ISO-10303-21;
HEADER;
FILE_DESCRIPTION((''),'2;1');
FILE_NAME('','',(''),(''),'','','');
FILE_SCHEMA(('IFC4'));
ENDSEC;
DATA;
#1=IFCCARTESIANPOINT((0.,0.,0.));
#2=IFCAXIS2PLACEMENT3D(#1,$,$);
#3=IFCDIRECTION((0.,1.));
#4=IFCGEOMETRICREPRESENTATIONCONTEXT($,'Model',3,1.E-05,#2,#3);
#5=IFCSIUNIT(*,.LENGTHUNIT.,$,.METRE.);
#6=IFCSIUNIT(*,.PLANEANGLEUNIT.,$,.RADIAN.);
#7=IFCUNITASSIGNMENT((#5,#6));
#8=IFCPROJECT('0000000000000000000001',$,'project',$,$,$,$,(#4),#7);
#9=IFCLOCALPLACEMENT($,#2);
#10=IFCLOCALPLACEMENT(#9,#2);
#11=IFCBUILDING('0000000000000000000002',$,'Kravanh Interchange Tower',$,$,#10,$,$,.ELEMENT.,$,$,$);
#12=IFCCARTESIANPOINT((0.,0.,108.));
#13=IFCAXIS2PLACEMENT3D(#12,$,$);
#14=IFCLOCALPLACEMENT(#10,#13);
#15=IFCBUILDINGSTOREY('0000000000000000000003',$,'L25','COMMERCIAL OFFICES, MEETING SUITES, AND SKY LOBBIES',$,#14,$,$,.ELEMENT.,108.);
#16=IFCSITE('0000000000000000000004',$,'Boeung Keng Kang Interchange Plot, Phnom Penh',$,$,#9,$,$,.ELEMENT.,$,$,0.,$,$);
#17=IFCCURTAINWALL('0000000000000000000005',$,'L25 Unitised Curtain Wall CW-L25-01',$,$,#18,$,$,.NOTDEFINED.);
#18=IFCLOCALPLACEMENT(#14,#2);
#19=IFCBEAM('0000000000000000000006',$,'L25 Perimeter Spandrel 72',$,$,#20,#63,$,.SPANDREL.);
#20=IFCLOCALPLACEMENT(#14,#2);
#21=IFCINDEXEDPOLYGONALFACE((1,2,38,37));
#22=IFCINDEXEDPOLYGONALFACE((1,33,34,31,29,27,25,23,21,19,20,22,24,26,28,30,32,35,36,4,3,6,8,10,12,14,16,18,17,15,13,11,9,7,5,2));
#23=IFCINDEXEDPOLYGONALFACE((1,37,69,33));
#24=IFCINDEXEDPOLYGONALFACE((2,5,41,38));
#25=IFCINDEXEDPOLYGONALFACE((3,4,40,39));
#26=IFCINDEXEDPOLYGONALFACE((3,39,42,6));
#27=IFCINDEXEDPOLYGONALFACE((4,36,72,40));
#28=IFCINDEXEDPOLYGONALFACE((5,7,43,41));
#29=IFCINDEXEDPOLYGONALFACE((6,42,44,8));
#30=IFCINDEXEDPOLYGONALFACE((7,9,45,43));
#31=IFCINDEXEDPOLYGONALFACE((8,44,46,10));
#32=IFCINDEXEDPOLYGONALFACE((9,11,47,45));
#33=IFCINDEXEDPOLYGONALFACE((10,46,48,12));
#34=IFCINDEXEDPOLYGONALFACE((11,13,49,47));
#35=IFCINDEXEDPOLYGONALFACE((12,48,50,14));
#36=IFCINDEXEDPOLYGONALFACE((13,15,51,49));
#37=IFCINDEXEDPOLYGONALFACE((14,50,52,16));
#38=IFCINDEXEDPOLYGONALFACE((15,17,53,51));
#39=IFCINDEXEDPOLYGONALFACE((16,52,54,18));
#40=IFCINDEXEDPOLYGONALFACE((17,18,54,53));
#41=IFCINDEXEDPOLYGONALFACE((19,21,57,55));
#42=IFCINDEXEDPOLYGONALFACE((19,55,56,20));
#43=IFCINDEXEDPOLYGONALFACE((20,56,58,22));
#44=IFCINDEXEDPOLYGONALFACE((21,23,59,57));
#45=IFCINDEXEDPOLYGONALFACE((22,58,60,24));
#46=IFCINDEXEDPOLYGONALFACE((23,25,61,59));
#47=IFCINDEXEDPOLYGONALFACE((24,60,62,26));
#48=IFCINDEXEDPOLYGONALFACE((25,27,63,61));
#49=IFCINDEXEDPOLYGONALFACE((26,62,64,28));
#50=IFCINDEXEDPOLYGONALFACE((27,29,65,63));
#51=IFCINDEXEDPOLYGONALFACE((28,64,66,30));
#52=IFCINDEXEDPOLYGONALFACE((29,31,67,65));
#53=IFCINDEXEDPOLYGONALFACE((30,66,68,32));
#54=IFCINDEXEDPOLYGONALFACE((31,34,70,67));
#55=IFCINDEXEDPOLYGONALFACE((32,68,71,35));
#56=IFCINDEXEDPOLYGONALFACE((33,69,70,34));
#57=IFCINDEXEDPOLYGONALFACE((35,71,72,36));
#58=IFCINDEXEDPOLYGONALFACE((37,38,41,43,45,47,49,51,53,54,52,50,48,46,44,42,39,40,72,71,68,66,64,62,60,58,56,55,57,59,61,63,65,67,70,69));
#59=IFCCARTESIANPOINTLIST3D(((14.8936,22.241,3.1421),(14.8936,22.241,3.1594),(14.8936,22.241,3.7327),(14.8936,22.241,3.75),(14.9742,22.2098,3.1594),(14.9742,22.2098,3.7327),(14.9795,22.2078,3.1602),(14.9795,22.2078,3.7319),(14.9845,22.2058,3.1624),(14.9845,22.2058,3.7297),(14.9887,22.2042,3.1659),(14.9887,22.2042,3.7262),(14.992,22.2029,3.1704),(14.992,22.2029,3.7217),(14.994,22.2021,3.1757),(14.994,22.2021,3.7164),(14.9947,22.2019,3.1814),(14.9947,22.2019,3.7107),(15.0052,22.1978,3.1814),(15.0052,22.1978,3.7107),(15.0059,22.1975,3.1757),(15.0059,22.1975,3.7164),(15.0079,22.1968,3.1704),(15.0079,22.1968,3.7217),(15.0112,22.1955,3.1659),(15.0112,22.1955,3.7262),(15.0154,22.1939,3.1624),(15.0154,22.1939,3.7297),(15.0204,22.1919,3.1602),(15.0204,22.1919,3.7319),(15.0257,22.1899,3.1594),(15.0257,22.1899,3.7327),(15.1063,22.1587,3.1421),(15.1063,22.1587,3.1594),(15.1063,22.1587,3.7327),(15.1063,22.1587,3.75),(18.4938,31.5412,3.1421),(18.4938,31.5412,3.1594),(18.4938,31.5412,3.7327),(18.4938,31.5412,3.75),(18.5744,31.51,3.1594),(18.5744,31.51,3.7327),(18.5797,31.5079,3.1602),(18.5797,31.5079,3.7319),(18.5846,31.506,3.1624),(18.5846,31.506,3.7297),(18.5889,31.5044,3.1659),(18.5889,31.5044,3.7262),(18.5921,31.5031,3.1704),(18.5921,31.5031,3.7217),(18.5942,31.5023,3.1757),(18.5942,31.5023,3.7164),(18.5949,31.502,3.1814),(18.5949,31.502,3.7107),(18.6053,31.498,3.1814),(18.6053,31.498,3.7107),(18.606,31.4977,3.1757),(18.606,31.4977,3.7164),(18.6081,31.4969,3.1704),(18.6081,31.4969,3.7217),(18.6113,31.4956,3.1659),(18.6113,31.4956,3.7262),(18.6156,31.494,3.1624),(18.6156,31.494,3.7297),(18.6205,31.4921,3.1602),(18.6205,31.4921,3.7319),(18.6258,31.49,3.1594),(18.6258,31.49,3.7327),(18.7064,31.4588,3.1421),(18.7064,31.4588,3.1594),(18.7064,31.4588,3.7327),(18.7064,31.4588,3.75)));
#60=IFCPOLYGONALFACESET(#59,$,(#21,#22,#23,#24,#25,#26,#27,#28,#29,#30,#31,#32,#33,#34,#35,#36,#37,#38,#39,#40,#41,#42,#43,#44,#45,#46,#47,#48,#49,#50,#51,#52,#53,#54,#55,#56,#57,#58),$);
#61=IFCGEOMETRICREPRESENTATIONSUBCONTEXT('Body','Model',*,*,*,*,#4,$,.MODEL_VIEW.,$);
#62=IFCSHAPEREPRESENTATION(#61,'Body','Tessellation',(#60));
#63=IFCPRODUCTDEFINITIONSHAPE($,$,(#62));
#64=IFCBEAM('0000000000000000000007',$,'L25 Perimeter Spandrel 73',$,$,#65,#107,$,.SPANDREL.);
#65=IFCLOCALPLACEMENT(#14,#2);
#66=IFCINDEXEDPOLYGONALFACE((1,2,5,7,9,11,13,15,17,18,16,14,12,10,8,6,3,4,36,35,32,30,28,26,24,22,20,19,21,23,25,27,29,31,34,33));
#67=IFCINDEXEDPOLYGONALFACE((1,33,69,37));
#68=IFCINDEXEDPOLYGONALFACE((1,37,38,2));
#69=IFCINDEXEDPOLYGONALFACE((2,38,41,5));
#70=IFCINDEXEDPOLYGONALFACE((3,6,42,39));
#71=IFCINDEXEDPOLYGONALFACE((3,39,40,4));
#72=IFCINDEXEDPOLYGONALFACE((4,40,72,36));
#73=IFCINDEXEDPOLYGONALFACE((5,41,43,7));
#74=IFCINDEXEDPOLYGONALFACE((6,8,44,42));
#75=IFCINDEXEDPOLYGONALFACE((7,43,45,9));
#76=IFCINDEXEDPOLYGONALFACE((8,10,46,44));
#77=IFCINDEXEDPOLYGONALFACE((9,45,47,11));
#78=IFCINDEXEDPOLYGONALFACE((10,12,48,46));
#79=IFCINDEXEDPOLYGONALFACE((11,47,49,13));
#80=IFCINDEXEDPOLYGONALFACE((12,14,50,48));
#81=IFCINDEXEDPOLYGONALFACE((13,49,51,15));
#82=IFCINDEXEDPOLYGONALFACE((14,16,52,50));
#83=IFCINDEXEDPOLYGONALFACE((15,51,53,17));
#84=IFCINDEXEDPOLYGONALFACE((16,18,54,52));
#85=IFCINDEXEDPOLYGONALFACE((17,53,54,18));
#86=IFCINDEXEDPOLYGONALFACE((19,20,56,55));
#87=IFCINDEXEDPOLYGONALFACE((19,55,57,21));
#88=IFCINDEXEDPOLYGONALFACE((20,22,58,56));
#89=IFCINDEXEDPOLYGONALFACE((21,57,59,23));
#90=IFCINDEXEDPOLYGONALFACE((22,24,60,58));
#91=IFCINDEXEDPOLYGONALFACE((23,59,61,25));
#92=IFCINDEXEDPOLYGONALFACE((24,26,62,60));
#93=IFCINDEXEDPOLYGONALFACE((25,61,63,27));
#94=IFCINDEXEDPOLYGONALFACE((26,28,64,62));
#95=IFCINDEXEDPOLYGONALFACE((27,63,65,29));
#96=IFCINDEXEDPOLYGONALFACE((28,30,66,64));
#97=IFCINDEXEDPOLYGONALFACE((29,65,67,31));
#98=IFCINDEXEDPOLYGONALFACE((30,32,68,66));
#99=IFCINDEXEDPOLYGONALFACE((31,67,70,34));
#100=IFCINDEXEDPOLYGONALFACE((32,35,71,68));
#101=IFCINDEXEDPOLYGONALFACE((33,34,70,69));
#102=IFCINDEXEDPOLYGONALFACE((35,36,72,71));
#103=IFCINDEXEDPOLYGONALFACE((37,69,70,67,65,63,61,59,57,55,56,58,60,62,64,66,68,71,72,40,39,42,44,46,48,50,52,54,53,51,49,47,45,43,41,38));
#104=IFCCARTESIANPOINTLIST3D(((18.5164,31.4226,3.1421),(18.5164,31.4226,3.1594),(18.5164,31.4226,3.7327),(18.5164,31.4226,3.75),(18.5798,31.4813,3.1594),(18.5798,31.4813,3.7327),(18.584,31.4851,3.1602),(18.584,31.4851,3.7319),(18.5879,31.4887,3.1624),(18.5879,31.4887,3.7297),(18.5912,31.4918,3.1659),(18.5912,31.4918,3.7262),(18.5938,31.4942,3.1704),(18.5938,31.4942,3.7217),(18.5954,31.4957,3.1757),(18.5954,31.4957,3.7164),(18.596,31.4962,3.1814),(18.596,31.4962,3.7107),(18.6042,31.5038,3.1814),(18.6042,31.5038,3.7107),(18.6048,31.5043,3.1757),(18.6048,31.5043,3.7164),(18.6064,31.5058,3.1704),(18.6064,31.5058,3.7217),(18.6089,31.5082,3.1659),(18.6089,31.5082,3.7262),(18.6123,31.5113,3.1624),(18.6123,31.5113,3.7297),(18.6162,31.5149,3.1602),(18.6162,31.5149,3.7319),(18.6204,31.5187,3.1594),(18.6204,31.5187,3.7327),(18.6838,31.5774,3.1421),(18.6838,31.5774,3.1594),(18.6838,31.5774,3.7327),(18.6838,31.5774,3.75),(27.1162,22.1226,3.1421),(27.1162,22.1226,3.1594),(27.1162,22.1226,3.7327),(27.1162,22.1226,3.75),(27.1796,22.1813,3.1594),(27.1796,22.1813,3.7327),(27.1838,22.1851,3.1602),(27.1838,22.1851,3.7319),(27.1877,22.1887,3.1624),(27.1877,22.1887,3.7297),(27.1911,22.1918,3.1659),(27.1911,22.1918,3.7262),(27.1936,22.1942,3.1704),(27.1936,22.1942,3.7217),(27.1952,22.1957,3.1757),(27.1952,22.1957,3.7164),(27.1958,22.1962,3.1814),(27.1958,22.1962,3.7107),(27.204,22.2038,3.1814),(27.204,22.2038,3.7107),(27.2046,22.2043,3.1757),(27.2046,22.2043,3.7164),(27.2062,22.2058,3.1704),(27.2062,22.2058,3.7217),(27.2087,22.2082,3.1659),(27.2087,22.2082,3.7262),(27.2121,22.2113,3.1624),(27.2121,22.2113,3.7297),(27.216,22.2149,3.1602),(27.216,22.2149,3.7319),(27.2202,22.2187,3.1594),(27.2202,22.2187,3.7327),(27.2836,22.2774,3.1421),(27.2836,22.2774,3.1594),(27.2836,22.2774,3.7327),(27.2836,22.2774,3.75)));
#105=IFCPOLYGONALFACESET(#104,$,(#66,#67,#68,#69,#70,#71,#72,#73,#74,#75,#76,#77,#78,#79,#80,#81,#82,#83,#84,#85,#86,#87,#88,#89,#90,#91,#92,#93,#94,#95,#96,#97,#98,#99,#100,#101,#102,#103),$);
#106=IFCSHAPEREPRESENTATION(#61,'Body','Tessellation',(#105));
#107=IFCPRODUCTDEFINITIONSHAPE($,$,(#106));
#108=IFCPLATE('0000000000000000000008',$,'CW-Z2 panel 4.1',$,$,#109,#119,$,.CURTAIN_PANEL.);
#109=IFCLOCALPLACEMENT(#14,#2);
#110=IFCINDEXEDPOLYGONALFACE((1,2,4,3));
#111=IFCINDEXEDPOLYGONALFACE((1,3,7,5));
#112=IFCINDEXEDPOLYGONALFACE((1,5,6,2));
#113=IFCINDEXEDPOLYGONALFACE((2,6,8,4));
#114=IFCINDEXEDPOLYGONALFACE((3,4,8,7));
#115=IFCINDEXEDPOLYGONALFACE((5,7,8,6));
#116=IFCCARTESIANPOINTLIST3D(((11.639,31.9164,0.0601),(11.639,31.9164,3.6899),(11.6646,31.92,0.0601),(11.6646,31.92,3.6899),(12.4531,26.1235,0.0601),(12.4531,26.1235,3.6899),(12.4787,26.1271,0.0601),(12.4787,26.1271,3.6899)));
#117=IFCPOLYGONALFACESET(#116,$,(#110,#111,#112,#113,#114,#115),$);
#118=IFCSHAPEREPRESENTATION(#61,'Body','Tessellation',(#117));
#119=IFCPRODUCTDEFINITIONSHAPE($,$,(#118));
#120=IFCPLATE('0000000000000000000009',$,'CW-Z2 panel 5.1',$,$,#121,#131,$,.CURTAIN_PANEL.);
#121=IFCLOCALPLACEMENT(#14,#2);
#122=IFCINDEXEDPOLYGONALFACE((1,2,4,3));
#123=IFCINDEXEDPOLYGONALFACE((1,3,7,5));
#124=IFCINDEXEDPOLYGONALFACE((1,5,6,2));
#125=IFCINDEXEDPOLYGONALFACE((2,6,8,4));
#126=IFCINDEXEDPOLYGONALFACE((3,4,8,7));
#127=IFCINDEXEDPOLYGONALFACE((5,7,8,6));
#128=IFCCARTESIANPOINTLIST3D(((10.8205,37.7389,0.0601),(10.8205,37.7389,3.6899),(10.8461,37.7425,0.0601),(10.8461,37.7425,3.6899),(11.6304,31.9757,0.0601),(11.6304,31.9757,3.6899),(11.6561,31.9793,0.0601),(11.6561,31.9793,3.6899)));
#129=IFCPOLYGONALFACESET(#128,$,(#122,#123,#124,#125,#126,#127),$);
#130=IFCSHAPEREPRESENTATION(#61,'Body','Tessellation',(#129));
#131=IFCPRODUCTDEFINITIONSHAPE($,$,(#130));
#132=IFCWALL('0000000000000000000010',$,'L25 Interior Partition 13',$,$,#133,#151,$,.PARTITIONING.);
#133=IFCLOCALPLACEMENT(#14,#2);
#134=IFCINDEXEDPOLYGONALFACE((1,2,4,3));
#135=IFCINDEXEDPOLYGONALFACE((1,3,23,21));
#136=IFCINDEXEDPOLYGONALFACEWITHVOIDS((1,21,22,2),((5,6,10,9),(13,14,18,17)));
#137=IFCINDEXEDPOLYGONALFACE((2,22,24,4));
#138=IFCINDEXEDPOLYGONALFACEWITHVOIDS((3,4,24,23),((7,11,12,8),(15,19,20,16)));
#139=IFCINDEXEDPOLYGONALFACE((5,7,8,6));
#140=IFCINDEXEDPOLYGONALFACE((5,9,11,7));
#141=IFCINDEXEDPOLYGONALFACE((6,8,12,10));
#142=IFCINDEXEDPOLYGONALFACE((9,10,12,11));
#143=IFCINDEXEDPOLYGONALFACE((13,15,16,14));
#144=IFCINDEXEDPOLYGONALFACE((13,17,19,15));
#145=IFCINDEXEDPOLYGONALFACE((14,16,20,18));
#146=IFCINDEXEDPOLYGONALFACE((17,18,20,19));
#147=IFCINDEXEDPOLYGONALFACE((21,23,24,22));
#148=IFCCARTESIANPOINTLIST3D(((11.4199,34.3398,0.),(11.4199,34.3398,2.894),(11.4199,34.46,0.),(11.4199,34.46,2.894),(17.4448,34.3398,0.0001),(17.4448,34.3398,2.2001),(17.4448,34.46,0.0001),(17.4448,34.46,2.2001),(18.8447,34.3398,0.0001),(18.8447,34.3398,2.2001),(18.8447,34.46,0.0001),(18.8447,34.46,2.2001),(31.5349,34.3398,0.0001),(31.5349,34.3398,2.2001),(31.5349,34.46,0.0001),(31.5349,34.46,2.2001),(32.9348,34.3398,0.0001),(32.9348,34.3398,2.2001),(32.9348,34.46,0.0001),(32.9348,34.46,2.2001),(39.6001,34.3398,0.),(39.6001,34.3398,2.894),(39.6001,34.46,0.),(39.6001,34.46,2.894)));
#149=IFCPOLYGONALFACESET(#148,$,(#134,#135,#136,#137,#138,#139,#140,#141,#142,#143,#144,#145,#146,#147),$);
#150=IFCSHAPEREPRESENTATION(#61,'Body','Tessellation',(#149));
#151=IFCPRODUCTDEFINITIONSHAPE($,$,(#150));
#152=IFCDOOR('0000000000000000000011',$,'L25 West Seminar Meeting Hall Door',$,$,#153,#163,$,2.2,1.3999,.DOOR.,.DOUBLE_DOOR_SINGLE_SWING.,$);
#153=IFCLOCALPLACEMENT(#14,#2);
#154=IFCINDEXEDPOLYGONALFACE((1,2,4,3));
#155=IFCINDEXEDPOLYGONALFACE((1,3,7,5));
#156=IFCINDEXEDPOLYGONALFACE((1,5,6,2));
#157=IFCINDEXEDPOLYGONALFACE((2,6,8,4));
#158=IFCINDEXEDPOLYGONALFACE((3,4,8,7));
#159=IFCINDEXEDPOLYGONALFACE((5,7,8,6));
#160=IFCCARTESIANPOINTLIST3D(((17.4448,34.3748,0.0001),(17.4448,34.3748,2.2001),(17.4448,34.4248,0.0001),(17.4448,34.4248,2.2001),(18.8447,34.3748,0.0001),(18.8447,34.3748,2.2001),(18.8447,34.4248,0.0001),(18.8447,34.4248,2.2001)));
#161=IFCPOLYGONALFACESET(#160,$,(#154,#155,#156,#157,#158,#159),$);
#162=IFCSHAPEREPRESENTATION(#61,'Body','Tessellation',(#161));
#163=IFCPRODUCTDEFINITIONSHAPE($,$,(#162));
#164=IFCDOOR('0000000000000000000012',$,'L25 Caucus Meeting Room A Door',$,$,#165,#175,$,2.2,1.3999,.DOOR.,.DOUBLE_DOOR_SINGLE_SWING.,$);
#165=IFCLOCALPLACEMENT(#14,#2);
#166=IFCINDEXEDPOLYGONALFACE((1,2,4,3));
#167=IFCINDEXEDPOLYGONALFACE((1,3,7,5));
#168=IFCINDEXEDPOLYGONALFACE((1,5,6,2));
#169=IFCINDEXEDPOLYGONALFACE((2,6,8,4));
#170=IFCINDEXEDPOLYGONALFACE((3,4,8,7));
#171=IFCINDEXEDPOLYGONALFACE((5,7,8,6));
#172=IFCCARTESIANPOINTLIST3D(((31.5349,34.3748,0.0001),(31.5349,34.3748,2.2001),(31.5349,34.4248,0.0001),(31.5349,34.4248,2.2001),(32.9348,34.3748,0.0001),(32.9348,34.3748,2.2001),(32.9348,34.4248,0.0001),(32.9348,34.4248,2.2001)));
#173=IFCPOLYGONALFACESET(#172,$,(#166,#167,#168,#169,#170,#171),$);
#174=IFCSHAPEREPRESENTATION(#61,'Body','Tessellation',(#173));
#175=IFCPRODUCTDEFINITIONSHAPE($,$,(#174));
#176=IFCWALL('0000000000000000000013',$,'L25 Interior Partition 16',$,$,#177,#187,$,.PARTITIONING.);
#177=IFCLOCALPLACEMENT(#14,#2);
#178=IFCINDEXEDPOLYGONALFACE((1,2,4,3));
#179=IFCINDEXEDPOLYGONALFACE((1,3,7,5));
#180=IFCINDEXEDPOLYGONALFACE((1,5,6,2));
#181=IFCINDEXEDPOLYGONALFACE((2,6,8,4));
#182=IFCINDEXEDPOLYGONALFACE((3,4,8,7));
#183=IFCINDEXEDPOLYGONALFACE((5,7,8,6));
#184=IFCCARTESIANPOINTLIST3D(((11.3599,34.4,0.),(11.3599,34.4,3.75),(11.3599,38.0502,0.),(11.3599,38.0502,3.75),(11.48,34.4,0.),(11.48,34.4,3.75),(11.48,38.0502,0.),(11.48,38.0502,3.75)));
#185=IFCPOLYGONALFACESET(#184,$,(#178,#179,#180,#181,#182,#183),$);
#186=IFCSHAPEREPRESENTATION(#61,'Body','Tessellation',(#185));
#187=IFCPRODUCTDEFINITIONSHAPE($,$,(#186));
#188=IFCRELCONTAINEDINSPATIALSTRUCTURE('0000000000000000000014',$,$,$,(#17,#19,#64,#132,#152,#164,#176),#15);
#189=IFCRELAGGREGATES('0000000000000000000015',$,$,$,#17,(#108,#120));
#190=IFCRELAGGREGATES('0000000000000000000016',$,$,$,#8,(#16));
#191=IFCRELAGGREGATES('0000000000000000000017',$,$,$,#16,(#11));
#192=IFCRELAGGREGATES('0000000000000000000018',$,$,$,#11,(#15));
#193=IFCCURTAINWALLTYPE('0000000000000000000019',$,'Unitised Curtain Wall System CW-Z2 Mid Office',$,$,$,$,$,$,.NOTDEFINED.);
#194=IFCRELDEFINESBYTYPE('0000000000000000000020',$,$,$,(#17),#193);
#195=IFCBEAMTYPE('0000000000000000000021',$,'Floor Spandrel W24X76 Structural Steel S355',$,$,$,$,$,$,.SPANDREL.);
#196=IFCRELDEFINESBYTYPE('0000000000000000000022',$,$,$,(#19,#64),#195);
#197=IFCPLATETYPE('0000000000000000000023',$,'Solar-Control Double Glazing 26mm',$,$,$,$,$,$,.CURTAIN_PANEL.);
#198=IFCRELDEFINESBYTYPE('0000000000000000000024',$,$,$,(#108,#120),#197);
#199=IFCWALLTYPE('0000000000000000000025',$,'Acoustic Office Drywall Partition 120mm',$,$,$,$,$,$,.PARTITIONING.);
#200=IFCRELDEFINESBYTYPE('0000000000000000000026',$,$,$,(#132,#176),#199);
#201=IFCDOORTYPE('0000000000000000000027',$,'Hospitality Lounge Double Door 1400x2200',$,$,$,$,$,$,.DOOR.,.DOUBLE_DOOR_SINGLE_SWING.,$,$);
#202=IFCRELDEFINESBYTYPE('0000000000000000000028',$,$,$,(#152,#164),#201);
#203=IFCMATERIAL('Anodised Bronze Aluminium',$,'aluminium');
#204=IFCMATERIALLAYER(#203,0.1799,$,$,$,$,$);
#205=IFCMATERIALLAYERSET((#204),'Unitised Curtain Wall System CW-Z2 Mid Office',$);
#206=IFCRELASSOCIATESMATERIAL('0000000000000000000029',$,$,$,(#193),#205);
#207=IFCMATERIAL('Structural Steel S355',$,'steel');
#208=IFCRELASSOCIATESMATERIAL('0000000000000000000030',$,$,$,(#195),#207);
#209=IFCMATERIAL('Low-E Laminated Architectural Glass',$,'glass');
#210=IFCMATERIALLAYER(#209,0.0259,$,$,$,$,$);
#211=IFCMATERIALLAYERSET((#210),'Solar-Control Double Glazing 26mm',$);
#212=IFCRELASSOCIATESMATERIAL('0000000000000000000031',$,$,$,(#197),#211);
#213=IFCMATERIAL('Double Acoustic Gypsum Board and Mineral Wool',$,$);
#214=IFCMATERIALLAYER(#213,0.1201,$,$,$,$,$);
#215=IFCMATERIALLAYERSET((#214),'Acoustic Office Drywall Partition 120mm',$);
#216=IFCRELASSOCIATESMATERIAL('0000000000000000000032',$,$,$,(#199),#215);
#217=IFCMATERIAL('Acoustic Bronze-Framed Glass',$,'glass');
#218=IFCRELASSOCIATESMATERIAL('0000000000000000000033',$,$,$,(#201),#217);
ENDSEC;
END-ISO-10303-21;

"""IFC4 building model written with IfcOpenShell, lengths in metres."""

from ifc_helpers import new_model, si_unit, direction, frame, frame_2d, origin, origin_2d, place, context, subcontext, project, spatial, rectangle, i_section, extrude, material, layer, layer_set, material_profile, profile_set, type_object, element, fill, aggregate, save


model = new_model("IFC4")

# Units and contexts
model_context = context("Model", 3, precision=1e-05, world=origin(), true_north=direction((0.0, 1.0)))
body_context = subcontext(model_context, "Body", "Model", "MODEL_VIEW")
ifc_project = project(units=[si_unit("LENGTHUNIT", "METRE"), si_unit("PLANEANGLEUNIT", "RADIAN")], contexts=[model_context])

# Site, building, storey
site_placement = place(None, origin())
site = spatial("IfcSite", under=ifc_project, at=site_placement, Name="Boeung Keng Kang Interchange Plot, Phnom Penh", CompositionType="ELEMENT", RefElevation=0.0)
building_placement = place(site_placement, origin())
building = spatial("IfcBuilding", under=site, at=building_placement, Name="Kravanh Interchange Tower", CompositionType="ELEMENT")
storey_placement = place(building_placement, frame((0.0, 0.0, 108.0)))
storey = spatial("IfcBuildingStorey", under=building, at=storey_placement, Name="L25", Description="COMMERCIAL OFFICES, MEETING SUITES, AND SKY LOBBIES", CompositionType="ELEMENT", Elevation=108.0)

# Curtain wall
ifc_material_1 = material(Name="Anodised Bronze Aluminium", Category="aluminium")
ifc_layer_1 = layer(ifc_material_1, 0.1799)
ifc_layer_set_1 = layer_set([ifc_layer_1], Name="Unitised Curtain Wall System CW-Z2 Mid Office")
curtain_wall_type = type_object("IfcCurtainWallType", Name="Unitised Curtain Wall System CW-Z2 Mid Office", PredefinedType="NOTDEFINED", material=ifc_layer_set_1)
curtain_wall_placement = place(storey_placement, origin())
curtain_wall = element("IfcCurtainWall", 1, at=curtain_wall_placement, inside=storey, type_object=curtain_wall_type, Name="L25 Unitised Curtain Wall CW-L25-01", PredefinedType="NOTDEFINED")

# Beams
ifc_material_2 = material(Name="Structural Steel S355", Category="steel")
ifc_material_profile_1 = material_profile(ifc_material_2, i_section(OverallWidth=0.228, OverallDepth=0.6079, WebThickness=0.0112, FlangeThickness=0.0173, FilletRadius=0.022, at=origin_2d()), Name="W24X76")
ifc_profile_set_1 = profile_set([ifc_material_profile_1], Name="Structural Steel S355")
beam_type_1 = type_object("IfcBeamType", Name="Floor Spandrel W24X76 Structural Steel S355", PredefinedType="SPANDREL", material=ifc_profile_set_1)
beam_1_placement = place(storey_placement, frame((18.6001, 31.5, 3.446), z_axis=(-0.361001, -0.932565, 0.0), x_axis=(0.932565, -0.361001, 0.0)))
element("IfcBeam", 2, at=beam_1_placement, inside=storey, type_object=beam_type_1, Name="L25 Perimeter Spandrel 72", PredefinedType="SPANDREL", context=body_context, shape_type="SweptSolid", body=[
    extrude(i_section(OverallWidth=0.228, OverallDepth=0.6079, WebThickness=0.0112, FlangeThickness=0.0173, FilletRadius=0.022, at=origin_2d()), origin(), (0.0, 0.0, 1.0), 9.9727),
])
beam_2_placement = place(storey_placement, frame((18.6001, 31.5, 3.446), z_axis=(0.678927, -0.734205, 0.0), x_axis=(0.734205, 0.678927, 0.0)))
element("IfcBeam", 3, at=beam_2_placement, inside=storey, type_object=beam_type_1, Name="L25 Perimeter Spandrel 73", PredefinedType="SPANDREL", context=body_context, shape_type="SweptSolid", body=[
    extrude(i_section(OverallWidth=0.228, OverallDepth=0.6079, WebThickness=0.0112, FlangeThickness=0.0173, FilletRadius=0.022, at=origin_2d()), origin(), (0.0, 0.0, 1.0), 12.6667),
])

# Plates
ifc_material_3 = material(Name="Low-E Laminated Architectural Glass", Category="glass")
ifc_layer_2 = layer(ifc_material_3, 0.0259)
ifc_layer_set_2 = layer_set([ifc_layer_2], Name="Solar-Control Double Glazing 26mm")
plate_type = type_object("IfcPlateType", Name="Solar-Control Double Glazing 26mm", PredefinedType="CURTAIN_PANEL", material=ifc_layer_set_2)
plate_1_placement = place(storey_placement, frame((12.0588, 29.0217, 0.0601), z_axis=(0.0, 0.0, 1.0), x_axis=(-0.139173, 0.990268, 0.0)))
plate_1 = element("IfcPlate", 4, at=plate_1_placement, type_object=plate_type, Name="CW-Z2 panel 4.1", PredefinedType="CURTAIN_PANEL", context=body_context, shape_type="SweptSolid", body=[
    extrude(rectangle(XDim=5.8499, YDim=0.0259, at=origin_2d()), origin(), (0.0, 0.0, 1.0), 3.6299),
])
plate_2_placement = place(storey_placement, frame((11.2383, 34.8591, 0.0601), z_axis=(0.0, 0.0, 1.0), x_axis=(-0.139173, 0.990268, 0.0)))
plate_2 = element("IfcPlate", 5, at=plate_2_placement, type_object=plate_type, Name="CW-Z2 panel 5.1", PredefinedType="CURTAIN_PANEL", context=body_context, shape_type="SweptSolid", body=[
    extrude(rectangle(XDim=5.8198, YDim=0.0259, at=origin_2d()), origin(), (0.0, 0.0, 1.0), 3.6299),
])
aggregate(curtain_wall, [plate_1, plate_2])

# Wall, openings, doors
ifc_material_4 = material(Name="Double Acoustic Gypsum Board and Mineral Wool")
ifc_layer_3 = layer(ifc_material_4, 0.1201)
ifc_layer_set_3 = layer_set([ifc_layer_3], Name="Acoustic Office Drywall Partition 120mm")
wall_type = type_object("IfcWallType", Name="Acoustic Office Drywall Partition 120mm", PredefinedType="PARTITIONING", material=ifc_layer_set_3)
wall_1_placement = place(storey_placement, frame((11.4199, 34.3999, 0.0), z_axis=(0.0, 0.0, 1.0), x_axis=(1.0, 0.0, 0.0)))
wall_1 = element("IfcWall", 6, at=wall_1_placement, inside=storey, type_object=wall_type, Name="L25 Interior Partition 13", PredefinedType="PARTITIONING", context=body_context, shape_type="SweptSolid", body=[
    extrude(rectangle(XDim=28.1802, YDim=0.1201, at=frame_2d((14.0901, 0.0))), origin(), (0.0, 0.0, 1.0), 2.894),
])
opening_1_placement = place(wall_1_placement, frame((6.0249, 0.0, 0.0)))
opening_1 = element("IfcOpeningElement", 7, at=opening_1_placement, cuts=wall_1, PredefinedType="OPENING", context=body_context, shape_type="SweptSolid", body=[
    extrude(rectangle(XDim=1.3999, YDim=2.2, at=frame_2d((0.7, 1.1001))), frame((0.0, 0.0701, 0.0), z_axis=(0.0, -1.0, 0.0), x_axis=(1.0, 0.0, 0.0)), (0.0, 0.0, 1.0), 0.1401),
])
opening_2_placement = place(wall_1_placement, frame((20.115, 0.0, 0.0)))
opening_2 = element("IfcOpeningElement", 8, at=opening_2_placement, cuts=wall_1, PredefinedType="OPENING", context=body_context, shape_type="SweptSolid", body=[
    extrude(rectangle(XDim=1.3999, YDim=2.2, at=frame_2d((0.7, 1.1001))), frame((0.0, 0.0701, 0.0), z_axis=(0.0, -1.0, 0.0), x_axis=(1.0, 0.0, 0.0)), (0.0, 0.0, 1.0), 0.1401),
])
ifc_material_5 = material(Name="Acoustic Bronze-Framed Glass", Category="glass")
door_type = type_object("IfcDoorType", Name="Hospitality Lounge Double Door 1400x2200", OperationType="DOUBLE_DOOR_SINGLE_SWING", PredefinedType="DOOR", material=ifc_material_5)
door_1_placement = place(opening_1_placement, origin())
door_1 = element("IfcDoor", 9, at=door_1_placement, inside=storey, type_object=door_type, Name="L25 West Seminar Meeting Hall Door", OperationType="DOUBLE_DOOR_SINGLE_SWING", OverallHeight=2.2, OverallWidth=1.3999, PredefinedType="DOOR", context=body_context, shape_type="SweptSolid", body=[
    extrude(rectangle(XDim=1.3999, YDim=2.2, at=frame_2d((0.7, 1.1001))), frame((0.0, 0.0249, 0.0), z_axis=(0.0, -1.0, 0.0), x_axis=(1.0, 0.0, 0.0)), (0.0, 0.0, 1.0), 0.05),
])
fill(opening_1, door_1)
door_2_placement = place(opening_2_placement, origin())
door_2 = element("IfcDoor", 10, at=door_2_placement, inside=storey, type_object=door_type, Name="L25 Caucus Meeting Room A Door", OperationType="DOUBLE_DOOR_SINGLE_SWING", OverallHeight=2.2, OverallWidth=1.3999, PredefinedType="DOOR", context=body_context, shape_type="SweptSolid", body=[
    extrude(rectangle(XDim=1.3999, YDim=2.2, at=frame_2d((0.7, 1.1001))), frame((0.0, 0.0249, 0.0), z_axis=(0.0, -1.0, 0.0), x_axis=(1.0, 0.0, 0.0)), (0.0, 0.0, 1.0), 0.05),
])
fill(opening_2, door_2)

# Wall
wall_2_placement = place(storey_placement, frame((11.4199, 34.3999, 0.0), z_axis=(0.0, 0.0, 1.0), x_axis=(0.0, 1.0, 0.0)))
element("IfcWall", 11, at=wall_2_placement, inside=storey, type_object=wall_type, Name="L25 Interior Partition 16", PredefinedType="PARTITIONING", context=body_context, shape_type="SweptSolid", body=[
    extrude(rectangle(XDim=3.6501, YDim=0.1201, at=frame_2d((1.8252, 0.0))), origin(), (0.0, 0.0, 1.0), 3.75),
])

save(model, "model.ifc")
